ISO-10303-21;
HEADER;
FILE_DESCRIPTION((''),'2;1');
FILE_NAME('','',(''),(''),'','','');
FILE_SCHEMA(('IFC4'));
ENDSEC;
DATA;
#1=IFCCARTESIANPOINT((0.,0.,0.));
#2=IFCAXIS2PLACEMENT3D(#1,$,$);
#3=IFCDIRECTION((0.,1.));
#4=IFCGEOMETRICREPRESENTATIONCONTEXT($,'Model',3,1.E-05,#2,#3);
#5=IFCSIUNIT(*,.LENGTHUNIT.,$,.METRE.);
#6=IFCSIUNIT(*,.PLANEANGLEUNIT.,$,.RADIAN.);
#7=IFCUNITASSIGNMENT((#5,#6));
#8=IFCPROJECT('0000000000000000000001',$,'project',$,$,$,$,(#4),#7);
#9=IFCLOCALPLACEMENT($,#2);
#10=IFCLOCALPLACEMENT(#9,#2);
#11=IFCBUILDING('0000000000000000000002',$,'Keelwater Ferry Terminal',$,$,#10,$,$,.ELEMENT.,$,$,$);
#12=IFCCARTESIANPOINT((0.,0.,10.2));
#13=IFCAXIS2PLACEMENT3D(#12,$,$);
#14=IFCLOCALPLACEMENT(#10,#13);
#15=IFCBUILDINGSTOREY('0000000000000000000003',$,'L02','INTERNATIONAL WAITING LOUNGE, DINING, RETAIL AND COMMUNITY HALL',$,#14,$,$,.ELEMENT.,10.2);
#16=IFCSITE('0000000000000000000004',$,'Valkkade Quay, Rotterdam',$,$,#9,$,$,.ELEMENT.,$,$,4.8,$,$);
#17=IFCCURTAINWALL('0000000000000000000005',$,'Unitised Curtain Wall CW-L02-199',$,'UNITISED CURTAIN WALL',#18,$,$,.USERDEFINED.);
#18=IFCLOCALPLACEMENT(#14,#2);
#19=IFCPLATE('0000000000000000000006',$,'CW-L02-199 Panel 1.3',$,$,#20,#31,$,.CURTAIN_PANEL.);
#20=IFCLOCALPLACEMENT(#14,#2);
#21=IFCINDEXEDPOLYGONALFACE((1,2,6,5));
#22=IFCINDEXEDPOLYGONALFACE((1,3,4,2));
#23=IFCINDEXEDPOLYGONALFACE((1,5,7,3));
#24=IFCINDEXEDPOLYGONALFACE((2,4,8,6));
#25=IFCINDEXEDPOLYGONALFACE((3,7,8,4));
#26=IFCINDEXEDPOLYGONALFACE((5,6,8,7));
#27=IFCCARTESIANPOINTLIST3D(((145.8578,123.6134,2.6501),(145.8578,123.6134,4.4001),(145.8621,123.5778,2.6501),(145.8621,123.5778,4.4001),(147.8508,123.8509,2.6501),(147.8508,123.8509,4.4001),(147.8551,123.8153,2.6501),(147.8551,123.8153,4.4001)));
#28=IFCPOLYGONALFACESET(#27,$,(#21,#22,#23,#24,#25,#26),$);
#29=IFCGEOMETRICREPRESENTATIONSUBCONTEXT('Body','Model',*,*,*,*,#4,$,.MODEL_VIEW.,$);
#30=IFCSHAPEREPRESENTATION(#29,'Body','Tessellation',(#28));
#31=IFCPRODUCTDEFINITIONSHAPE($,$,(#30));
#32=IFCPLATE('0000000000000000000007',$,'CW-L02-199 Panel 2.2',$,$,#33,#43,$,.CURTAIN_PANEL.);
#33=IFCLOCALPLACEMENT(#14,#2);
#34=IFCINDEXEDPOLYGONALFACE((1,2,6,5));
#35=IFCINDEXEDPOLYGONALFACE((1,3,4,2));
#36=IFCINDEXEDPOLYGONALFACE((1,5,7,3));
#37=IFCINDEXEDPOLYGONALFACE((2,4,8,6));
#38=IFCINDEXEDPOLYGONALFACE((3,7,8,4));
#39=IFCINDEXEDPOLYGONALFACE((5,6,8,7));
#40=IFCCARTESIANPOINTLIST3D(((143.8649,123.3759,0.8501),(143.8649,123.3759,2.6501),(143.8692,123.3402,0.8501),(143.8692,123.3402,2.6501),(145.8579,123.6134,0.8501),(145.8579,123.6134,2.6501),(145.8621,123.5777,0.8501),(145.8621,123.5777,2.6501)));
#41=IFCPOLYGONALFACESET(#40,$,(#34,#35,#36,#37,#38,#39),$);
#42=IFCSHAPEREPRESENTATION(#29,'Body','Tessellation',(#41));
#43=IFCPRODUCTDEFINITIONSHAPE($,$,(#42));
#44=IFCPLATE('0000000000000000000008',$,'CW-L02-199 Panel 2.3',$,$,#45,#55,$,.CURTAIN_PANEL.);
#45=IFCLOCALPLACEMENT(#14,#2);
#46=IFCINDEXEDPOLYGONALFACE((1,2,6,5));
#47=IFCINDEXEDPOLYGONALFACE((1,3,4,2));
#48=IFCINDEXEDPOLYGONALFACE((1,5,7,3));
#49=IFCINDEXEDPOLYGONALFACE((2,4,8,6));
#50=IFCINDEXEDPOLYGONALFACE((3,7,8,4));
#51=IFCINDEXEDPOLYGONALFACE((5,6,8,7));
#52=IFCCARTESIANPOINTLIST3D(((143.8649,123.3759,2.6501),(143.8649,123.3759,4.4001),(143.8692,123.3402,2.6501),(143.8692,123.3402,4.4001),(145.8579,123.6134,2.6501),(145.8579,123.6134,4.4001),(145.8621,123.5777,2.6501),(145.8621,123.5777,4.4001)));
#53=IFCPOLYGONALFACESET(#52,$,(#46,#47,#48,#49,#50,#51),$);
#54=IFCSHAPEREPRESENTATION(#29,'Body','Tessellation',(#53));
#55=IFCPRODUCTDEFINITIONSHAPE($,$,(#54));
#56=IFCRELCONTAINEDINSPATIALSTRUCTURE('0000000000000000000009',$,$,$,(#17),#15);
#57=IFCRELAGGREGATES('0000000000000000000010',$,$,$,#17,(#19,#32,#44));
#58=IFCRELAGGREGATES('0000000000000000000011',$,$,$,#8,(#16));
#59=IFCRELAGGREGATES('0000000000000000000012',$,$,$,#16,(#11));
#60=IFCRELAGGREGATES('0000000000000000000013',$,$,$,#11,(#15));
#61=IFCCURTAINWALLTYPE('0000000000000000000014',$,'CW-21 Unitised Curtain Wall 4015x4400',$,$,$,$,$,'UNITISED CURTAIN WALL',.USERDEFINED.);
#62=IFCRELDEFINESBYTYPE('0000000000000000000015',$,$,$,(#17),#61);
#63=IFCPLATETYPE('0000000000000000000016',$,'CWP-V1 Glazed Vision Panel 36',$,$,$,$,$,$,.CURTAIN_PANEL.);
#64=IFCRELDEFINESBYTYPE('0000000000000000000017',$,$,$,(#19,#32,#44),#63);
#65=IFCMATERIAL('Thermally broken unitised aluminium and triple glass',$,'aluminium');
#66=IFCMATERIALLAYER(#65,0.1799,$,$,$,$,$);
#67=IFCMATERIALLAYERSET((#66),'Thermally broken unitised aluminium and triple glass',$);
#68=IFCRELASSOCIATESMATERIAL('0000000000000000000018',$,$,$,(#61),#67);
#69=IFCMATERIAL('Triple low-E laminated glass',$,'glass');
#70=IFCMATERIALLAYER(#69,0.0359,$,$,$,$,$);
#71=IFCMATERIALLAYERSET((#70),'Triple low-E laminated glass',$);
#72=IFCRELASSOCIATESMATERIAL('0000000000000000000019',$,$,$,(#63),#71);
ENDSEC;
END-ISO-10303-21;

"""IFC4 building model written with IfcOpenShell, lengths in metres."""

from ifc_helpers import new_model, si_unit, direction, frame, origin, origin_2d, place, context, subcontext, project, spatial, rectangle, extrude, material, layer, layer_set, type_object, element, aggregate, save


model = new_model("IFC4")

# Units and contexts
model_context = context("Model", 3, precision=1e-05, world=origin(), true_north=direction((0.0, 1.0)))
body_context = subcontext(model_context, "Body", "Model", "MODEL_VIEW")
ifc_project = project(units=[si_unit("LENGTHUNIT", "METRE"), si_unit("PLANEANGLEUNIT", "RADIAN")], contexts=[model_context])

# Site, building, storey
site_placement = place(None, origin())
site = spatial("IfcSite", under=ifc_project, at=site_placement, Name="Valkkade Quay, Rotterdam", CompositionType="ELEMENT", RefElevation=4.8)
building_placement = place(site_placement, origin())
building = spatial("IfcBuilding", under=site, at=building_placement, Name="Keelwater Ferry Terminal", CompositionType="ELEMENT")
storey_placement = place(building_placement, frame((0.0, 0.0, 10.2)))
storey = spatial("IfcBuildingStorey", under=building, at=storey_placement, Name="L02", Description="INTERNATIONAL WAITING LOUNGE, DINING, RETAIL AND COMMUNITY HALL", CompositionType="ELEMENT", Elevation=10.2)

# Curtain wall
ifc_material_1 = material(Name="Thermally broken unitised aluminium and triple glass", Category="aluminium")
ifc_layer_1 = layer(ifc_material_1, 0.1799)
ifc_layer_set_1 = layer_set([ifc_layer_1], Name="Thermally broken unitised aluminium and triple glass")
curtain_wall_type = type_object("IfcCurtainWallType", Name="CW-21 Unitised Curtain Wall 4015x4400", ElementType="UNITISED CURTAIN WALL", PredefinedType="USERDEFINED", material=ifc_layer_set_1)
curtain_wall_1_placement = place(storey_placement, origin())
curtain_wall_1 = element("IfcCurtainWall", 1, at=curtain_wall_1_placement, inside=storey, type_object=curtain_wall_type, Name="Unitised Curtain Wall CW-L02-199", ObjectType="UNITISED CURTAIN WALL", PredefinedType="USERDEFINED")

# Plates
ifc_material_2 = material(Name="Triple low-E laminated glass", Category="glass")
ifc_layer_2 = layer(ifc_material_2, 0.0359)
ifc_layer_set_2 = layer_set([ifc_layer_2], Name="Triple low-E laminated glass")
plate_type_1 = type_object("IfcPlateType", Name="CWP-V1 Glazed Vision Panel 36", PredefinedType="CURTAIN_PANEL", material=ifc_layer_set_2)
plate_1_placement = place(storey_placement, frame((146.8564, 123.7144, 2.6501), z_axis=(0.0, 0.0, 1.0), x_axis=(-0.992974, -0.11833, 0.0)))
plate_1 = element("IfcPlate", 2, at=plate_1_placement, type_object=plate_type_1, Name="CW-L02-199 Panel 1.3", PredefinedType="CURTAIN_PANEL", context=body_context, shape_type="SweptSolid", body=[
    extrude(rectangle(XDim=2.0071, YDim=0.0359, at=origin_2d()), origin(), (0.0, 0.0, 1.0), 1.75),
])
plate_2_placement = place(storey_placement, frame((144.8635, 123.4768, 0.8501), z_axis=(0.0, 0.0, 1.0), x_axis=(-0.992974, -0.11833, 0.0)))
plate_2 = element("IfcPlate", 3, at=plate_2_placement, type_object=plate_type_1, Name="CW-L02-199 Panel 2.2", PredefinedType="CURTAIN_PANEL", context=body_context, shape_type="SweptSolid", body=[
    extrude(rectangle(XDim=2.0071, YDim=0.0359, at=origin_2d()), origin(), (0.0, 0.0, 1.0), 1.8),
])
plate_3_placement = place(storey_placement, frame((144.8635, 123.4768, 2.6501), z_axis=(0.0, 0.0, 1.0), x_axis=(-0.992974, -0.11833, 0.0)))
plate_3 = element("IfcPlate", 4, at=plate_3_placement, type_object=plate_type_1, Name="CW-L02-199 Panel 2.3", PredefinedType="CURTAIN_PANEL", context=body_context, shape_type="SweptSolid", body=[
    extrude(rectangle(XDim=2.0071, YDim=0.0359, at=origin_2d()), origin(), (0.0, 0.0, 1.0), 1.75),
])
aggregate(curtain_wall_1, [plate_1, plate_2, plate_3])

save(model, "model.ifc")
